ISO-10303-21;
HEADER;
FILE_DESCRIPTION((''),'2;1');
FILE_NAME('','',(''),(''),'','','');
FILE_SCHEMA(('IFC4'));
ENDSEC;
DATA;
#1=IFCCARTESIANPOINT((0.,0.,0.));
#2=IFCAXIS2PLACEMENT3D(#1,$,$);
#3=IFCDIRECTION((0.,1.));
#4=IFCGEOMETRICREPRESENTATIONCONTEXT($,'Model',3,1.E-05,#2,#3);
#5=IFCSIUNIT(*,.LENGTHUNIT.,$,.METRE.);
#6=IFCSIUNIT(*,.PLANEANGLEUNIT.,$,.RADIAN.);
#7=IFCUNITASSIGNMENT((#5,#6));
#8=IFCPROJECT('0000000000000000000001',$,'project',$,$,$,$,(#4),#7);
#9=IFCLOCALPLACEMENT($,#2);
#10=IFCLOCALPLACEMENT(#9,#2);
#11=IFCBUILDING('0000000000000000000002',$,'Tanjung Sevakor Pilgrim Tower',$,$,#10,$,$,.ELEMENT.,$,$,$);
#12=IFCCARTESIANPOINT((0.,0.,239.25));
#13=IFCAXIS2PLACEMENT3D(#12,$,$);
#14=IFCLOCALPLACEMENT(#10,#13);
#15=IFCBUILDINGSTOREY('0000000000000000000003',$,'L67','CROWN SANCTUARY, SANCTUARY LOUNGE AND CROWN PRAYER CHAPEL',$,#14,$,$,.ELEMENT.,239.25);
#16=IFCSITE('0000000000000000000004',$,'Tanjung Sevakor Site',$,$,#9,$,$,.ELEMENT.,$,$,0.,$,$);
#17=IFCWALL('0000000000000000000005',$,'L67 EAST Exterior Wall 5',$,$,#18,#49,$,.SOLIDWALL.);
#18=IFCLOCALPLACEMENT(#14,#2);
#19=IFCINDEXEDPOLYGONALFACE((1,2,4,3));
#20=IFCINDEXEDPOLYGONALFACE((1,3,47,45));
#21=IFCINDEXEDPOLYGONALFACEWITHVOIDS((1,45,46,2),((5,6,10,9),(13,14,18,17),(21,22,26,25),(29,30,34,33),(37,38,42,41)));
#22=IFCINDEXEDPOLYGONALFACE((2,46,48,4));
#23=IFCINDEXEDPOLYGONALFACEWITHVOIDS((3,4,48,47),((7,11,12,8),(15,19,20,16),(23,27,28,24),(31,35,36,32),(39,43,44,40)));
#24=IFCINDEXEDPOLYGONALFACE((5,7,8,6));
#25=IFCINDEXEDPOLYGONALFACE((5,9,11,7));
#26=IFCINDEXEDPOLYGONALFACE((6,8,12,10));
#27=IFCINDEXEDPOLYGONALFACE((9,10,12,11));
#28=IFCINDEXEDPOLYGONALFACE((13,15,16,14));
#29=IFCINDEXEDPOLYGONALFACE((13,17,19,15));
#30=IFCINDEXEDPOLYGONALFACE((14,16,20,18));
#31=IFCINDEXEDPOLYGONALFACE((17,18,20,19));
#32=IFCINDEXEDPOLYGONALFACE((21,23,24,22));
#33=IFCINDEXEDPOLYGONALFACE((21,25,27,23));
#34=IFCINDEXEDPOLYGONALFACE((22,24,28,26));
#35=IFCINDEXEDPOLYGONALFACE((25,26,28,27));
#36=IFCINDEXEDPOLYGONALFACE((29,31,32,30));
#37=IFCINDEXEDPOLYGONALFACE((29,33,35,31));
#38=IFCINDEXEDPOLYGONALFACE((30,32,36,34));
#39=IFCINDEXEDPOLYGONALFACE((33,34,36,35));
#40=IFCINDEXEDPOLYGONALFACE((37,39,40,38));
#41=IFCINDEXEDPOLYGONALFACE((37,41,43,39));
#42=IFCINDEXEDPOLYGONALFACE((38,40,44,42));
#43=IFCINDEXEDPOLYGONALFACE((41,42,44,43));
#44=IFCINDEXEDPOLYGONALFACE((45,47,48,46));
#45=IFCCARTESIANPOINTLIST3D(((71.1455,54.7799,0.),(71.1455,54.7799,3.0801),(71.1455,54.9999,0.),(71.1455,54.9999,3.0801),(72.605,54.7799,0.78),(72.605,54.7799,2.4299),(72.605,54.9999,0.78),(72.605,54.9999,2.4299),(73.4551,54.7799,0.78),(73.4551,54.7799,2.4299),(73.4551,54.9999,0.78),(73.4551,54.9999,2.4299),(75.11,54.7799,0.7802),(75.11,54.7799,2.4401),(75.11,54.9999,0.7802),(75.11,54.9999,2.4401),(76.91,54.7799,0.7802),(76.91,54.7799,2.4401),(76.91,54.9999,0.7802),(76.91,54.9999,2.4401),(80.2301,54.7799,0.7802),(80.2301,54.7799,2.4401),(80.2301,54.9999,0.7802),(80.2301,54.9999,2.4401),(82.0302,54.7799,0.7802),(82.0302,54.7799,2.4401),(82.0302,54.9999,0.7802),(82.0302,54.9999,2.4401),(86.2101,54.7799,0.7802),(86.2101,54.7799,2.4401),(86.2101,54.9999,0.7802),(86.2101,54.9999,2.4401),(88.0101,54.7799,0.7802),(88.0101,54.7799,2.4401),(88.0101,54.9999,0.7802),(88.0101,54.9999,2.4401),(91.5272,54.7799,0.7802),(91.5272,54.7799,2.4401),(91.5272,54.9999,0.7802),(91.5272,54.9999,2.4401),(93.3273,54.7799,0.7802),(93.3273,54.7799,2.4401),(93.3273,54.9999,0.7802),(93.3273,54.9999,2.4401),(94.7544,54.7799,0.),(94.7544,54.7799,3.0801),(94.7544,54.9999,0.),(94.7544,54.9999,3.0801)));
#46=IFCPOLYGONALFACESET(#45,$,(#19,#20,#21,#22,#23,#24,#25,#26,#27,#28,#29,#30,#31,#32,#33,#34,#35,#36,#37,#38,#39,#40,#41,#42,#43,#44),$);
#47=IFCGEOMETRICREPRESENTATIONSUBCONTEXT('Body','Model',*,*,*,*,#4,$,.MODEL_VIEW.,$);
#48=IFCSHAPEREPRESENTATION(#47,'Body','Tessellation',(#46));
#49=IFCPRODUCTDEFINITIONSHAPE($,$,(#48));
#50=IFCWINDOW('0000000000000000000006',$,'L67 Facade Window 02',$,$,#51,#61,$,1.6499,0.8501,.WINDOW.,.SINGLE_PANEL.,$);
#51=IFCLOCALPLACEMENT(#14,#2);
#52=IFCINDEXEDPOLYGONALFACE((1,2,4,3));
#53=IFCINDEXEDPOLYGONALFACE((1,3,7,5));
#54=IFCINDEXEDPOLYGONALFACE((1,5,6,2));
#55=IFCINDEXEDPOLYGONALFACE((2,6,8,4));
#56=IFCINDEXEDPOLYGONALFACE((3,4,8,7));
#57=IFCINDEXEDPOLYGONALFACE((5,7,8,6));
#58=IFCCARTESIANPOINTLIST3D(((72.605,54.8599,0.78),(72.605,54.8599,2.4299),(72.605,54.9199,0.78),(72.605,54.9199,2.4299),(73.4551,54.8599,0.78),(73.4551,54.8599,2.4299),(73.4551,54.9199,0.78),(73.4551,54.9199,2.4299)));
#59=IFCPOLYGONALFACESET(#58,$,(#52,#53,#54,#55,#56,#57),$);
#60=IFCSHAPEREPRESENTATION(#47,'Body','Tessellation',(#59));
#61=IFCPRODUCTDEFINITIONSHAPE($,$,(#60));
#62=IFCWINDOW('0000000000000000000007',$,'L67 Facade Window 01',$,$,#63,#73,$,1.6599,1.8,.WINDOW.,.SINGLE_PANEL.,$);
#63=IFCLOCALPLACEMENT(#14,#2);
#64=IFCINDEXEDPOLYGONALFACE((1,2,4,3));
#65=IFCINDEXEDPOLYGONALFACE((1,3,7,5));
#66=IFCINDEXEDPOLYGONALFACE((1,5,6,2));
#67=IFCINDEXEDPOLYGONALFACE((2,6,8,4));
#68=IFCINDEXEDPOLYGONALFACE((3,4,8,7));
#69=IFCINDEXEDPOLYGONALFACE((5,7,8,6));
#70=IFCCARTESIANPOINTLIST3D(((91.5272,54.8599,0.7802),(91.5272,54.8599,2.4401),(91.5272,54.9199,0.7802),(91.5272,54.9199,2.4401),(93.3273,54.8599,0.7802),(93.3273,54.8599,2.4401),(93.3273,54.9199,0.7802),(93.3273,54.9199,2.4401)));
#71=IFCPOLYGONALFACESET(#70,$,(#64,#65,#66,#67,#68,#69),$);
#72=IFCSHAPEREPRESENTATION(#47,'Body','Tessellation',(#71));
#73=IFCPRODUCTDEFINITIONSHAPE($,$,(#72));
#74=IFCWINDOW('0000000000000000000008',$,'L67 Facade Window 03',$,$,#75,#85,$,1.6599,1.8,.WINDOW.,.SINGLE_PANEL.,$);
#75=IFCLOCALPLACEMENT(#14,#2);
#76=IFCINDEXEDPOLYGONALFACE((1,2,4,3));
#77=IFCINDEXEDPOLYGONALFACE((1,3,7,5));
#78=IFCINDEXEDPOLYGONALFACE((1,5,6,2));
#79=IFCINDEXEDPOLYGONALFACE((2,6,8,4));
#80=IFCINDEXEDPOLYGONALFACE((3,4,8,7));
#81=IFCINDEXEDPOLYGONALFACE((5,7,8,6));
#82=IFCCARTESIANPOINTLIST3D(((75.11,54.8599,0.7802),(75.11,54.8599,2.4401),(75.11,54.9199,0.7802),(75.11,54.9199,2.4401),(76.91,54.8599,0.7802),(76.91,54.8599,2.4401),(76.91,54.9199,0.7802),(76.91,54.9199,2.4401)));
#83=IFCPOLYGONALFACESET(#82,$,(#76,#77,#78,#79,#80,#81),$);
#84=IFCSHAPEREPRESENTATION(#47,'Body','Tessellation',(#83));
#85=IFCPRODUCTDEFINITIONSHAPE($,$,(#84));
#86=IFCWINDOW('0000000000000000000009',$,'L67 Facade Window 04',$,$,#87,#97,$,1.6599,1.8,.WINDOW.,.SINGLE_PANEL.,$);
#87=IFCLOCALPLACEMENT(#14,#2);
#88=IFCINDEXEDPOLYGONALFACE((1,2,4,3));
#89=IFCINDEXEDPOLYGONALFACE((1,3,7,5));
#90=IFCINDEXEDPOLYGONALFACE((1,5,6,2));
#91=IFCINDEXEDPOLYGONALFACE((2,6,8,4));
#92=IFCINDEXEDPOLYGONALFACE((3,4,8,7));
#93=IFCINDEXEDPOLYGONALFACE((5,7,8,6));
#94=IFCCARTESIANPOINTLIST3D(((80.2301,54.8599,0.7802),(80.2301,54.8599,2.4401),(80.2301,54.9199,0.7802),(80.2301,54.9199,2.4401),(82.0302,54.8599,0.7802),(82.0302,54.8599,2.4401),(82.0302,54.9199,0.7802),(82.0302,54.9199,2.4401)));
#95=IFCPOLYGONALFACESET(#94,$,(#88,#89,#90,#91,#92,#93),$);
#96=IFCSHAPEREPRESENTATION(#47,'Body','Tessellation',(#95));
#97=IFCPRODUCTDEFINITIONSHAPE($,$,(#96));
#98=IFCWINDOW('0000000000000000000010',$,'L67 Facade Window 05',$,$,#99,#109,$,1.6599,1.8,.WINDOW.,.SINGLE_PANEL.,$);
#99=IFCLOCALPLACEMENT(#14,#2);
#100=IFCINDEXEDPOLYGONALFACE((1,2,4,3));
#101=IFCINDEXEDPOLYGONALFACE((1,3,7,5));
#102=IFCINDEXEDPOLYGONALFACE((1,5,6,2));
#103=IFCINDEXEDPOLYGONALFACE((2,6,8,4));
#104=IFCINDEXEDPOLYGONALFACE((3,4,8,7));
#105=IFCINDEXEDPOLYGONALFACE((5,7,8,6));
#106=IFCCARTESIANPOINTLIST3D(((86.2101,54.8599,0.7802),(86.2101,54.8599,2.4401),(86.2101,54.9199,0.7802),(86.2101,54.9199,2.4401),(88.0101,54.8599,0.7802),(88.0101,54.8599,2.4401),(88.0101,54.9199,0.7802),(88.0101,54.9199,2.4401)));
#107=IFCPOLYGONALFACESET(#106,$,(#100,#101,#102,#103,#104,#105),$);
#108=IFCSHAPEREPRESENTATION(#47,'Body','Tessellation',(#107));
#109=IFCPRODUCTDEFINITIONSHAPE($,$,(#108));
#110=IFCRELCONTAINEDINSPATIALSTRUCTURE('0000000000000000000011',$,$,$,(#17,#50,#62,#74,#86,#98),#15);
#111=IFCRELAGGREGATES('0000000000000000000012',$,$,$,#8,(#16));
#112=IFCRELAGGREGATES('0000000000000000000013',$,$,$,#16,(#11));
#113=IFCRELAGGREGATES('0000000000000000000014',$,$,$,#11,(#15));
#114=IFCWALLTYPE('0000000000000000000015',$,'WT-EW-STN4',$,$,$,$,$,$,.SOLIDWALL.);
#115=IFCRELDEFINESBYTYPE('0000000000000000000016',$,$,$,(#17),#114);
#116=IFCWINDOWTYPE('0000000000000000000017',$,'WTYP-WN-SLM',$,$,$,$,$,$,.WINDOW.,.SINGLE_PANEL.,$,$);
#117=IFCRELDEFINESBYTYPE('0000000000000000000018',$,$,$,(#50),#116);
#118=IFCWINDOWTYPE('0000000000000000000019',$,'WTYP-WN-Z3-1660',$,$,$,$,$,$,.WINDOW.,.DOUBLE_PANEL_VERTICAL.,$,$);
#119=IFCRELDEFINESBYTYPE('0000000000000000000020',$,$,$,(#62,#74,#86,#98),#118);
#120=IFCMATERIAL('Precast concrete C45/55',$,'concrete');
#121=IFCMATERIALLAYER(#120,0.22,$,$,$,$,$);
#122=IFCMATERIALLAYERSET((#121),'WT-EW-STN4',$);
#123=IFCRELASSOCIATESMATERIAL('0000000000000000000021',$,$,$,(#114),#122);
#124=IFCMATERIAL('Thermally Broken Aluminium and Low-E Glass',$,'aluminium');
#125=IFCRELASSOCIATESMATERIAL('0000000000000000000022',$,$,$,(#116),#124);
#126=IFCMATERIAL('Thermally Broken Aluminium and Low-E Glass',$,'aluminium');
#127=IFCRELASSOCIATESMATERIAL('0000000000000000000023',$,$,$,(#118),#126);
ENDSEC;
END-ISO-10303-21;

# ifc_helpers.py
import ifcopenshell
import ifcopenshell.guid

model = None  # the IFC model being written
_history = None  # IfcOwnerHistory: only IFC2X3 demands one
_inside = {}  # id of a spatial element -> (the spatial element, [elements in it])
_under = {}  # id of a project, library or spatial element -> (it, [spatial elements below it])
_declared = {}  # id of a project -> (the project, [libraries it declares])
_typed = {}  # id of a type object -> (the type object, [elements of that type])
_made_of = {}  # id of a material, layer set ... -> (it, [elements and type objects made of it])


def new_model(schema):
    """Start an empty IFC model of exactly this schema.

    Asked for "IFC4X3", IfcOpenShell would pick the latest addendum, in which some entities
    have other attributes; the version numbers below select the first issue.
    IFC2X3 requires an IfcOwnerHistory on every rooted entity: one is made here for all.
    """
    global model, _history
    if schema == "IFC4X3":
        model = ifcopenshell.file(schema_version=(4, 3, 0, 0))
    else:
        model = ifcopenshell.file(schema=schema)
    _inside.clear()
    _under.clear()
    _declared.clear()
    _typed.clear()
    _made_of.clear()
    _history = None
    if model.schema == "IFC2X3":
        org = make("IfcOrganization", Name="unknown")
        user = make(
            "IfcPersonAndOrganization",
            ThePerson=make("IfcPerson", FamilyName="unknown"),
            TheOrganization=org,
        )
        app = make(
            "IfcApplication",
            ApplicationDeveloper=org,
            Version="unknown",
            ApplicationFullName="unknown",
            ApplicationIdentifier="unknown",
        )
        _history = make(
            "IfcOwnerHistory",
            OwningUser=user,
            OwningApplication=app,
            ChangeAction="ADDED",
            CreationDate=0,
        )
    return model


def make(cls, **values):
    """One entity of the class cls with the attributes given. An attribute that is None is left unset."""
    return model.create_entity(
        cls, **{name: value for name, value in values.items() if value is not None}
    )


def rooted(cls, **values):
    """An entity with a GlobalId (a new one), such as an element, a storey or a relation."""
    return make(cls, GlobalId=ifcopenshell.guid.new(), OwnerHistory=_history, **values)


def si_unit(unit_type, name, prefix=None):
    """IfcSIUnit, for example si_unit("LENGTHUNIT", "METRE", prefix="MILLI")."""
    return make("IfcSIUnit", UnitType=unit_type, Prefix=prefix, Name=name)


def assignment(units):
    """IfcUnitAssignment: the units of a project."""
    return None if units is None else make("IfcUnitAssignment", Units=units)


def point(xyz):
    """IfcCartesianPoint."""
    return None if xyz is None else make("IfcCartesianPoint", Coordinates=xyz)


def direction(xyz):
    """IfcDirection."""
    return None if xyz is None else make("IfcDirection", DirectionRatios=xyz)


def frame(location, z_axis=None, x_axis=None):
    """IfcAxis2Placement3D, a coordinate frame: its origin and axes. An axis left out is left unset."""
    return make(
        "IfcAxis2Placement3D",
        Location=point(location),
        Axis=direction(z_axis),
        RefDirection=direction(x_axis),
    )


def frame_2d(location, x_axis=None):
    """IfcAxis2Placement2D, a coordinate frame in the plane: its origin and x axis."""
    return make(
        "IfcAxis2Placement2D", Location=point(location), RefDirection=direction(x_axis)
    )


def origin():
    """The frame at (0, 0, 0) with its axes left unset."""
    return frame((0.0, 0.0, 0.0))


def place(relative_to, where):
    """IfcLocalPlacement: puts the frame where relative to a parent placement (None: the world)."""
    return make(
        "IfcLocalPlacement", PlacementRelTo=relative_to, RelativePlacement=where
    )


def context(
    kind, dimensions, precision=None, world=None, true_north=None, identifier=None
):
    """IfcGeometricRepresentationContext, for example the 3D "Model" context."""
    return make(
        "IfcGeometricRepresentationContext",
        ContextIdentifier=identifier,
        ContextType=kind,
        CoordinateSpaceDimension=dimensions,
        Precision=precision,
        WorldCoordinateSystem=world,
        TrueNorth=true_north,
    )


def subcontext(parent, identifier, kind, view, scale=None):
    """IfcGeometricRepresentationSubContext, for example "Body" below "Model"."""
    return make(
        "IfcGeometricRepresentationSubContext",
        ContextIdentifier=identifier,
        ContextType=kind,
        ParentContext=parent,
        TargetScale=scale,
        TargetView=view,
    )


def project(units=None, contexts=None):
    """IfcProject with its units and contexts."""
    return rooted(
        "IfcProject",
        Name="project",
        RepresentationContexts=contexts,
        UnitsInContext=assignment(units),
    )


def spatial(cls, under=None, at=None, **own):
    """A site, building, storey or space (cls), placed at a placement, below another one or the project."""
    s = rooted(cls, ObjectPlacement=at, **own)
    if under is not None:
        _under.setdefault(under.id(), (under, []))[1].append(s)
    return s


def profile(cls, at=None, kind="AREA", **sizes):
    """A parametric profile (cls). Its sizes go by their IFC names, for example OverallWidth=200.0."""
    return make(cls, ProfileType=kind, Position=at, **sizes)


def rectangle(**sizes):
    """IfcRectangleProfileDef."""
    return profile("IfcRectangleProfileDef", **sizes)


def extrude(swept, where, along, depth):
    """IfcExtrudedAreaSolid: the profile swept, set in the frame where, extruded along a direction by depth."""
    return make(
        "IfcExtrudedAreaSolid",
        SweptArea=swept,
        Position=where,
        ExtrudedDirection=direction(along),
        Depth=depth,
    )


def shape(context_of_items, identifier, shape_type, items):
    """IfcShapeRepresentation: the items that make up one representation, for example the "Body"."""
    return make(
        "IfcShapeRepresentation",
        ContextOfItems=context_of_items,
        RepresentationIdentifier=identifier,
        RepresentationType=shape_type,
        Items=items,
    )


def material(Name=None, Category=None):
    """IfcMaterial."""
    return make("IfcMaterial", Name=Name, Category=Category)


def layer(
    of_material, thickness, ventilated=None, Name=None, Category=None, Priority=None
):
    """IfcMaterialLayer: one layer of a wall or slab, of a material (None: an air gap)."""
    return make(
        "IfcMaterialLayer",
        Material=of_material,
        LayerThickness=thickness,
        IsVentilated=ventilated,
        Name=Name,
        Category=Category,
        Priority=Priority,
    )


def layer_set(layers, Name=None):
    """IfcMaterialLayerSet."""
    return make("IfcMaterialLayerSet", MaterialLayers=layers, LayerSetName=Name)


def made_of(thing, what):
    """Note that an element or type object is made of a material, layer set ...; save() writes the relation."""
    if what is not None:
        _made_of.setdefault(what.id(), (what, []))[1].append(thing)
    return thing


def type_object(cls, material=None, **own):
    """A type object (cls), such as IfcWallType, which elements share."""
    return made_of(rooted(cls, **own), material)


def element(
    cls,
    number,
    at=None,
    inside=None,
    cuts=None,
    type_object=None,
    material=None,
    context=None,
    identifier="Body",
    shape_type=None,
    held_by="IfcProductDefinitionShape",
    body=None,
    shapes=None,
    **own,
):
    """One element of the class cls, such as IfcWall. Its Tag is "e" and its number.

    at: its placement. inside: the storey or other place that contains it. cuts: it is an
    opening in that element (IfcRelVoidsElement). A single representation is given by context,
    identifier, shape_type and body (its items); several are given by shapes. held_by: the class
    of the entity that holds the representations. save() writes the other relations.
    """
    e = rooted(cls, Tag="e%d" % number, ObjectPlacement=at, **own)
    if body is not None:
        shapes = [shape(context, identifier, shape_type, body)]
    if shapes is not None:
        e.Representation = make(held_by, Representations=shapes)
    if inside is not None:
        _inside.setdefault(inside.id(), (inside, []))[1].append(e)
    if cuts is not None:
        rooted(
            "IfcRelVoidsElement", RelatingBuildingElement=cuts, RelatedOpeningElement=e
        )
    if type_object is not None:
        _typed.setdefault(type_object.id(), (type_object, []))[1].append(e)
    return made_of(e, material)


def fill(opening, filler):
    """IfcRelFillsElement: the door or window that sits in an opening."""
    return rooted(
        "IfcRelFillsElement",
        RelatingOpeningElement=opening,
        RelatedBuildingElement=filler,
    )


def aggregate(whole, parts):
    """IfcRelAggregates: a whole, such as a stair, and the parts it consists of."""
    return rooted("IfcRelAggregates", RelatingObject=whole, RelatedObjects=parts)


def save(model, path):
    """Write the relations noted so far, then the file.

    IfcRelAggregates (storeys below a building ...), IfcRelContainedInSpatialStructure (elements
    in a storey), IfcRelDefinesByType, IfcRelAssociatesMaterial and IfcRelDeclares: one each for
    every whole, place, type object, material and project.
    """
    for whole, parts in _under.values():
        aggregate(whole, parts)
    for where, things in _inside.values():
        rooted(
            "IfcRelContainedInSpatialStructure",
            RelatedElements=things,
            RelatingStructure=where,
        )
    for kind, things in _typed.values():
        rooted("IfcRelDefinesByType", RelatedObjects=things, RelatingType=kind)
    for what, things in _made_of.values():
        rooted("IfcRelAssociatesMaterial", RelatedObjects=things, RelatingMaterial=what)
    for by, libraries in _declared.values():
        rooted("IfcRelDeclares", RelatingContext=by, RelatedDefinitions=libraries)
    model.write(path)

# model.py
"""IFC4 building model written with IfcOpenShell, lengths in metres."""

from ifc_helpers import new_model, si_unit, direction, frame, frame_2d, origin, place, context, subcontext, project, spatial, rectangle, extrude, material, layer, layer_set, type_object, element, fill, save


model = new_model("IFC4")

# Units and contexts
model_context = context("Model", 3, precision=1e-05, world=origin(), true_north=direction((0.0, 1.0)))
body_context = subcontext(model_context, "Body", "Model", "MODEL_VIEW")
ifc_project = project(units=[si_unit("LENGTHUNIT", "METRE"), si_unit("PLANEANGLEUNIT", "RADIAN")], contexts=[model_context])

# Site, building, storey
site_placement = place(None, origin())
site = spatial("IfcSite", under=ifc_project, at=site_placement, Name="Tanjung Sevakor Site", CompositionType="ELEMENT", RefElevation=0.0)
building_placement = place(site_placement, origin())
building = spatial("IfcBuilding", under=site, at=building_placement, Name="Tanjung Sevakor Pilgrim Tower", CompositionType="ELEMENT")
storey_placement = place(building_placement, frame((0.0, 0.0, 239.25)))
storey = spatial("IfcBuildingStorey", under=building, at=storey_placement, Name="L67", Description="CROWN SANCTUARY, SANCTUARY LOUNGE AND CROWN PRAYER CHAPEL", CompositionType="ELEMENT", Elevation=239.25)

# Wall, openings, windows
ifc_material_1 = material(Name="Precast concrete C45/55", Category="concrete")
ifc_layer_1 = layer(ifc_material_1, 0.22)
ifc_layer_set_1 = layer_set([ifc_layer_1], Name="WT-EW-STN4")
wall_type_1 = type_object("IfcWallType", Name="WT-EW-STN4", PredefinedType="SOLIDWALL", material=ifc_layer_set_1)
wall_1_placement = place(storey_placement, frame((94.7544, 54.8899, 0.0), z_axis=(0.0, 0.0, 1.0), x_axis=(-1.0, 0.0, 0.0)))
wall_1 = element("IfcWall", 1, at=wall_1_placement, inside=storey, type_object=wall_type_1, Name="L67 EAST Exterior Wall 5", PredefinedType="SOLIDWALL", context=body_context, shape_type="SweptSolid", body=[
    extrude(rectangle(XDim=23.6089, YDim=0.22, at=frame_2d((11.8044, 0.0))), origin(), (0.0, 0.0, 1.0), 3.0801),
])
opening_1_placement = place(wall_1_placement, frame((1.4272, 0.0, 0.78)))
opening_1 = element("IfcOpeningElement", 2, at=opening_1_placement, cuts=wall_1, PredefinedType="OPENING", context=body_context, shape_type="SweptSolid", body=[
    extrude(rectangle(XDim=1.8, YDim=1.6599, at=frame_2d((0.8999, 0.8301))), frame((0.0, 0.1199, 0.0), z_axis=(0.0, -1.0, 0.0), x_axis=(1.0, 0.0, 0.0)), (0.0, 0.0, 1.0), 0.24),
])
opening_2_placement = place(wall_1_placement, frame((21.2993, 0.0, 0.78)))
opening_2 = element("IfcOpeningElement", 3, at=opening_2_placement, cuts=wall_1, PredefinedType="OPENING", context=body_context, shape_type="SweptSolid", body=[
    extrude(rectangle(XDim=0.8501, YDim=1.6499, at=frame_2d((0.425, 0.825))), frame((0.0, 0.1199, 0.0), z_axis=(0.0, -1.0, 0.0), x_axis=(1.0, 0.0, 0.0)), (0.0, 0.0, 1.0), 0.24),
])
opening_3_placement = place(wall_1_placement, frame((17.8445, 0.0, 0.78)))
opening_3 = element("IfcOpeningElement", 4, at=opening_3_placement, cuts=wall_1, PredefinedType="OPENING", context=body_context, shape_type="SweptSolid", body=[
    extrude(rectangle(XDim=1.8, YDim=1.6599, at=frame_2d((0.8999, 0.8301))), frame((0.0, 0.1199, 0.0), z_axis=(0.0, -1.0, 0.0), x_axis=(1.0, 0.0, 0.0)), (0.0, 0.0, 1.0), 0.24),
])
opening_4_placement = place(wall_1_placement, frame((12.7244, 0.0, 0.78)))
opening_4 = element("IfcOpeningElement", 5, at=opening_4_placement, cuts=wall_1, PredefinedType="OPENING", context=body_context, shape_type="SweptSolid", body=[
    extrude(rectangle(XDim=1.8, YDim=1.6599, at=frame_2d((0.8999, 0.8301))), frame((0.0, 0.1199, 0.0), z_axis=(0.0, -1.0, 0.0), x_axis=(1.0, 0.0, 0.0)), (0.0, 0.0, 1.0), 0.24),
])
opening_5_placement = place(wall_1_placement, frame((6.7444, 0.0, 0.78)))
opening_5 = element("IfcOpeningElement", 6, at=opening_5_placement, cuts=wall_1, PredefinedType="OPENING", context=body_context, shape_type="SweptSolid", body=[
    extrude(rectangle(XDim=1.8, YDim=1.6599, at=frame_2d((0.8999, 0.8301))), frame((0.0, 0.1199, 0.0), z_axis=(0.0, -1.0, 0.0), x_axis=(1.0, 0.0, 0.0)), (0.0, 0.0, 1.0), 0.24),
])
ifc_material_2 = material(Name="Thermally Broken Aluminium and Low-E Glass", Category="aluminium")
window_type_1 = type_object("IfcWindowType", Name="WTYP-WN-SLM", PartitioningType="SINGLE_PANEL", PredefinedType="WINDOW", material=ifc_material_2)
window_1_placement = place(opening_2_placement, origin())
window_1 = element("IfcWindow", 7, at=window_1_placement, inside=storey, type_object=window_type_1, Name="L67 Facade Window 02", OverallHeight=1.6499, OverallWidth=0.8501, PartitioningType="SINGLE_PANEL", PredefinedType="WINDOW", context=body_context, shape_type="SweptSolid", body=[
    extrude(rectangle(XDim=0.8501, YDim=1.6499, at=frame_2d((0.425, 0.825))), frame((0.0, 0.03, 0.0), z_axis=(0.0, -1.0, 0.0), x_axis=(1.0, 0.0, 0.0)), (0.0, 0.0, 1.0), 0.0601),
])
fill(opening_2, window_1)
ifc_material_3 = material(Name="Thermally Broken Aluminium and Low-E Glass", Category="aluminium")
window_type_2 = type_object("IfcWindowType", Name="WTYP-WN-Z3-1660", PartitioningType="DOUBLE_PANEL_VERTICAL", PredefinedType="WINDOW", material=ifc_material_3)
window_2_placement = place(opening_1_placement, origin())
window_2 = element("IfcWindow", 8, at=window_2_placement, inside=storey, type_object=window_type_2, Name="L67 Facade Window 01", OverallHeight=1.6599, OverallWidth=1.8, PartitioningType="SINGLE_PANEL", PredefinedType="WINDOW", context=body_context, shape_type="SweptSolid", body=[
    extrude(rectangle(XDim=1.8, YDim=1.6599, at=frame_2d((0.8999, 0.8301))), frame((0.0, 0.03, 0.0), z_axis=(0.0, -1.0, 0.0), x_axis=(1.0, 0.0, 0.0)), (0.0, 0.0, 1.0), 0.0601),
])
fill(opening_1, window_2)
window_3_placement = place(opening_3_placement, origin())
window_3 = element("IfcWindow", 9, at=window_3_placement, inside=storey, type_object=window_type_2, Name="L67 Facade Window 03", OverallHeight=1.6599, OverallWidth=1.8, PartitioningType="SINGLE_PANEL", PredefinedType="WINDOW", context=body_context, shape_type="SweptSolid", body=[
    extrude(rectangle(XDim=1.8, YDim=1.6599, at=frame_2d((0.8999, 0.8301))), frame((0.0, 0.03, 0.0), z_axis=(0.0, -1.0, 0.0), x_axis=(1.0, 0.0, 0.0)), (0.0, 0.0, 1.0), 0.0601),
])
fill(opening_3, window_3)
window_4_placement = place(opening_4_placement, origin())
window_4 = element("IfcWindow", 10, at=window_4_placement, inside=storey, type_object=window_type_2, Name="L67 Facade Window 04", OverallHeight=1.6599, OverallWidth=1.8, PartitioningType="SINGLE_PANEL", PredefinedType="WINDOW", context=body_context, shape_type="SweptSolid", body=[
    extrude(rectangle(XDim=1.8, YDim=1.6599, at=frame_2d((0.8999, 0.8301))), frame((0.0, 0.03, 0.0), z_axis=(0.0, -1.0, 0.0), x_axis=(1.0, 0.0, 0.0)), (0.0, 0.0, 1.0), 0.0601),
])
fill(opening_4, window_4)
window_5_placement = place(opening_5_placement, origin())
window_5 = element("IfcWindow", 11, at=window_5_placement, inside=storey, type_object=window_type_2, Name="L67 Facade Window 05", OverallHeight=1.6599, OverallWidth=1.8, PartitioningType="SINGLE_PANEL", PredefinedType="WINDOW", context=body_context, shape_type="SweptSolid", body=[
    extrude(rectangle(XDim=1.8, YDim=1.6599, at=frame_2d((0.8999, 0.8301))), frame((0.0, 0.03, 0.0), z_axis=(0.0, -1.0, 0.0), x_axis=(1.0, 0.0, 0.0)), (0.0, 0.0, 1.0), 0.0601),
])
fill(opening_5, window_5)

save(model, "model.ifc")
